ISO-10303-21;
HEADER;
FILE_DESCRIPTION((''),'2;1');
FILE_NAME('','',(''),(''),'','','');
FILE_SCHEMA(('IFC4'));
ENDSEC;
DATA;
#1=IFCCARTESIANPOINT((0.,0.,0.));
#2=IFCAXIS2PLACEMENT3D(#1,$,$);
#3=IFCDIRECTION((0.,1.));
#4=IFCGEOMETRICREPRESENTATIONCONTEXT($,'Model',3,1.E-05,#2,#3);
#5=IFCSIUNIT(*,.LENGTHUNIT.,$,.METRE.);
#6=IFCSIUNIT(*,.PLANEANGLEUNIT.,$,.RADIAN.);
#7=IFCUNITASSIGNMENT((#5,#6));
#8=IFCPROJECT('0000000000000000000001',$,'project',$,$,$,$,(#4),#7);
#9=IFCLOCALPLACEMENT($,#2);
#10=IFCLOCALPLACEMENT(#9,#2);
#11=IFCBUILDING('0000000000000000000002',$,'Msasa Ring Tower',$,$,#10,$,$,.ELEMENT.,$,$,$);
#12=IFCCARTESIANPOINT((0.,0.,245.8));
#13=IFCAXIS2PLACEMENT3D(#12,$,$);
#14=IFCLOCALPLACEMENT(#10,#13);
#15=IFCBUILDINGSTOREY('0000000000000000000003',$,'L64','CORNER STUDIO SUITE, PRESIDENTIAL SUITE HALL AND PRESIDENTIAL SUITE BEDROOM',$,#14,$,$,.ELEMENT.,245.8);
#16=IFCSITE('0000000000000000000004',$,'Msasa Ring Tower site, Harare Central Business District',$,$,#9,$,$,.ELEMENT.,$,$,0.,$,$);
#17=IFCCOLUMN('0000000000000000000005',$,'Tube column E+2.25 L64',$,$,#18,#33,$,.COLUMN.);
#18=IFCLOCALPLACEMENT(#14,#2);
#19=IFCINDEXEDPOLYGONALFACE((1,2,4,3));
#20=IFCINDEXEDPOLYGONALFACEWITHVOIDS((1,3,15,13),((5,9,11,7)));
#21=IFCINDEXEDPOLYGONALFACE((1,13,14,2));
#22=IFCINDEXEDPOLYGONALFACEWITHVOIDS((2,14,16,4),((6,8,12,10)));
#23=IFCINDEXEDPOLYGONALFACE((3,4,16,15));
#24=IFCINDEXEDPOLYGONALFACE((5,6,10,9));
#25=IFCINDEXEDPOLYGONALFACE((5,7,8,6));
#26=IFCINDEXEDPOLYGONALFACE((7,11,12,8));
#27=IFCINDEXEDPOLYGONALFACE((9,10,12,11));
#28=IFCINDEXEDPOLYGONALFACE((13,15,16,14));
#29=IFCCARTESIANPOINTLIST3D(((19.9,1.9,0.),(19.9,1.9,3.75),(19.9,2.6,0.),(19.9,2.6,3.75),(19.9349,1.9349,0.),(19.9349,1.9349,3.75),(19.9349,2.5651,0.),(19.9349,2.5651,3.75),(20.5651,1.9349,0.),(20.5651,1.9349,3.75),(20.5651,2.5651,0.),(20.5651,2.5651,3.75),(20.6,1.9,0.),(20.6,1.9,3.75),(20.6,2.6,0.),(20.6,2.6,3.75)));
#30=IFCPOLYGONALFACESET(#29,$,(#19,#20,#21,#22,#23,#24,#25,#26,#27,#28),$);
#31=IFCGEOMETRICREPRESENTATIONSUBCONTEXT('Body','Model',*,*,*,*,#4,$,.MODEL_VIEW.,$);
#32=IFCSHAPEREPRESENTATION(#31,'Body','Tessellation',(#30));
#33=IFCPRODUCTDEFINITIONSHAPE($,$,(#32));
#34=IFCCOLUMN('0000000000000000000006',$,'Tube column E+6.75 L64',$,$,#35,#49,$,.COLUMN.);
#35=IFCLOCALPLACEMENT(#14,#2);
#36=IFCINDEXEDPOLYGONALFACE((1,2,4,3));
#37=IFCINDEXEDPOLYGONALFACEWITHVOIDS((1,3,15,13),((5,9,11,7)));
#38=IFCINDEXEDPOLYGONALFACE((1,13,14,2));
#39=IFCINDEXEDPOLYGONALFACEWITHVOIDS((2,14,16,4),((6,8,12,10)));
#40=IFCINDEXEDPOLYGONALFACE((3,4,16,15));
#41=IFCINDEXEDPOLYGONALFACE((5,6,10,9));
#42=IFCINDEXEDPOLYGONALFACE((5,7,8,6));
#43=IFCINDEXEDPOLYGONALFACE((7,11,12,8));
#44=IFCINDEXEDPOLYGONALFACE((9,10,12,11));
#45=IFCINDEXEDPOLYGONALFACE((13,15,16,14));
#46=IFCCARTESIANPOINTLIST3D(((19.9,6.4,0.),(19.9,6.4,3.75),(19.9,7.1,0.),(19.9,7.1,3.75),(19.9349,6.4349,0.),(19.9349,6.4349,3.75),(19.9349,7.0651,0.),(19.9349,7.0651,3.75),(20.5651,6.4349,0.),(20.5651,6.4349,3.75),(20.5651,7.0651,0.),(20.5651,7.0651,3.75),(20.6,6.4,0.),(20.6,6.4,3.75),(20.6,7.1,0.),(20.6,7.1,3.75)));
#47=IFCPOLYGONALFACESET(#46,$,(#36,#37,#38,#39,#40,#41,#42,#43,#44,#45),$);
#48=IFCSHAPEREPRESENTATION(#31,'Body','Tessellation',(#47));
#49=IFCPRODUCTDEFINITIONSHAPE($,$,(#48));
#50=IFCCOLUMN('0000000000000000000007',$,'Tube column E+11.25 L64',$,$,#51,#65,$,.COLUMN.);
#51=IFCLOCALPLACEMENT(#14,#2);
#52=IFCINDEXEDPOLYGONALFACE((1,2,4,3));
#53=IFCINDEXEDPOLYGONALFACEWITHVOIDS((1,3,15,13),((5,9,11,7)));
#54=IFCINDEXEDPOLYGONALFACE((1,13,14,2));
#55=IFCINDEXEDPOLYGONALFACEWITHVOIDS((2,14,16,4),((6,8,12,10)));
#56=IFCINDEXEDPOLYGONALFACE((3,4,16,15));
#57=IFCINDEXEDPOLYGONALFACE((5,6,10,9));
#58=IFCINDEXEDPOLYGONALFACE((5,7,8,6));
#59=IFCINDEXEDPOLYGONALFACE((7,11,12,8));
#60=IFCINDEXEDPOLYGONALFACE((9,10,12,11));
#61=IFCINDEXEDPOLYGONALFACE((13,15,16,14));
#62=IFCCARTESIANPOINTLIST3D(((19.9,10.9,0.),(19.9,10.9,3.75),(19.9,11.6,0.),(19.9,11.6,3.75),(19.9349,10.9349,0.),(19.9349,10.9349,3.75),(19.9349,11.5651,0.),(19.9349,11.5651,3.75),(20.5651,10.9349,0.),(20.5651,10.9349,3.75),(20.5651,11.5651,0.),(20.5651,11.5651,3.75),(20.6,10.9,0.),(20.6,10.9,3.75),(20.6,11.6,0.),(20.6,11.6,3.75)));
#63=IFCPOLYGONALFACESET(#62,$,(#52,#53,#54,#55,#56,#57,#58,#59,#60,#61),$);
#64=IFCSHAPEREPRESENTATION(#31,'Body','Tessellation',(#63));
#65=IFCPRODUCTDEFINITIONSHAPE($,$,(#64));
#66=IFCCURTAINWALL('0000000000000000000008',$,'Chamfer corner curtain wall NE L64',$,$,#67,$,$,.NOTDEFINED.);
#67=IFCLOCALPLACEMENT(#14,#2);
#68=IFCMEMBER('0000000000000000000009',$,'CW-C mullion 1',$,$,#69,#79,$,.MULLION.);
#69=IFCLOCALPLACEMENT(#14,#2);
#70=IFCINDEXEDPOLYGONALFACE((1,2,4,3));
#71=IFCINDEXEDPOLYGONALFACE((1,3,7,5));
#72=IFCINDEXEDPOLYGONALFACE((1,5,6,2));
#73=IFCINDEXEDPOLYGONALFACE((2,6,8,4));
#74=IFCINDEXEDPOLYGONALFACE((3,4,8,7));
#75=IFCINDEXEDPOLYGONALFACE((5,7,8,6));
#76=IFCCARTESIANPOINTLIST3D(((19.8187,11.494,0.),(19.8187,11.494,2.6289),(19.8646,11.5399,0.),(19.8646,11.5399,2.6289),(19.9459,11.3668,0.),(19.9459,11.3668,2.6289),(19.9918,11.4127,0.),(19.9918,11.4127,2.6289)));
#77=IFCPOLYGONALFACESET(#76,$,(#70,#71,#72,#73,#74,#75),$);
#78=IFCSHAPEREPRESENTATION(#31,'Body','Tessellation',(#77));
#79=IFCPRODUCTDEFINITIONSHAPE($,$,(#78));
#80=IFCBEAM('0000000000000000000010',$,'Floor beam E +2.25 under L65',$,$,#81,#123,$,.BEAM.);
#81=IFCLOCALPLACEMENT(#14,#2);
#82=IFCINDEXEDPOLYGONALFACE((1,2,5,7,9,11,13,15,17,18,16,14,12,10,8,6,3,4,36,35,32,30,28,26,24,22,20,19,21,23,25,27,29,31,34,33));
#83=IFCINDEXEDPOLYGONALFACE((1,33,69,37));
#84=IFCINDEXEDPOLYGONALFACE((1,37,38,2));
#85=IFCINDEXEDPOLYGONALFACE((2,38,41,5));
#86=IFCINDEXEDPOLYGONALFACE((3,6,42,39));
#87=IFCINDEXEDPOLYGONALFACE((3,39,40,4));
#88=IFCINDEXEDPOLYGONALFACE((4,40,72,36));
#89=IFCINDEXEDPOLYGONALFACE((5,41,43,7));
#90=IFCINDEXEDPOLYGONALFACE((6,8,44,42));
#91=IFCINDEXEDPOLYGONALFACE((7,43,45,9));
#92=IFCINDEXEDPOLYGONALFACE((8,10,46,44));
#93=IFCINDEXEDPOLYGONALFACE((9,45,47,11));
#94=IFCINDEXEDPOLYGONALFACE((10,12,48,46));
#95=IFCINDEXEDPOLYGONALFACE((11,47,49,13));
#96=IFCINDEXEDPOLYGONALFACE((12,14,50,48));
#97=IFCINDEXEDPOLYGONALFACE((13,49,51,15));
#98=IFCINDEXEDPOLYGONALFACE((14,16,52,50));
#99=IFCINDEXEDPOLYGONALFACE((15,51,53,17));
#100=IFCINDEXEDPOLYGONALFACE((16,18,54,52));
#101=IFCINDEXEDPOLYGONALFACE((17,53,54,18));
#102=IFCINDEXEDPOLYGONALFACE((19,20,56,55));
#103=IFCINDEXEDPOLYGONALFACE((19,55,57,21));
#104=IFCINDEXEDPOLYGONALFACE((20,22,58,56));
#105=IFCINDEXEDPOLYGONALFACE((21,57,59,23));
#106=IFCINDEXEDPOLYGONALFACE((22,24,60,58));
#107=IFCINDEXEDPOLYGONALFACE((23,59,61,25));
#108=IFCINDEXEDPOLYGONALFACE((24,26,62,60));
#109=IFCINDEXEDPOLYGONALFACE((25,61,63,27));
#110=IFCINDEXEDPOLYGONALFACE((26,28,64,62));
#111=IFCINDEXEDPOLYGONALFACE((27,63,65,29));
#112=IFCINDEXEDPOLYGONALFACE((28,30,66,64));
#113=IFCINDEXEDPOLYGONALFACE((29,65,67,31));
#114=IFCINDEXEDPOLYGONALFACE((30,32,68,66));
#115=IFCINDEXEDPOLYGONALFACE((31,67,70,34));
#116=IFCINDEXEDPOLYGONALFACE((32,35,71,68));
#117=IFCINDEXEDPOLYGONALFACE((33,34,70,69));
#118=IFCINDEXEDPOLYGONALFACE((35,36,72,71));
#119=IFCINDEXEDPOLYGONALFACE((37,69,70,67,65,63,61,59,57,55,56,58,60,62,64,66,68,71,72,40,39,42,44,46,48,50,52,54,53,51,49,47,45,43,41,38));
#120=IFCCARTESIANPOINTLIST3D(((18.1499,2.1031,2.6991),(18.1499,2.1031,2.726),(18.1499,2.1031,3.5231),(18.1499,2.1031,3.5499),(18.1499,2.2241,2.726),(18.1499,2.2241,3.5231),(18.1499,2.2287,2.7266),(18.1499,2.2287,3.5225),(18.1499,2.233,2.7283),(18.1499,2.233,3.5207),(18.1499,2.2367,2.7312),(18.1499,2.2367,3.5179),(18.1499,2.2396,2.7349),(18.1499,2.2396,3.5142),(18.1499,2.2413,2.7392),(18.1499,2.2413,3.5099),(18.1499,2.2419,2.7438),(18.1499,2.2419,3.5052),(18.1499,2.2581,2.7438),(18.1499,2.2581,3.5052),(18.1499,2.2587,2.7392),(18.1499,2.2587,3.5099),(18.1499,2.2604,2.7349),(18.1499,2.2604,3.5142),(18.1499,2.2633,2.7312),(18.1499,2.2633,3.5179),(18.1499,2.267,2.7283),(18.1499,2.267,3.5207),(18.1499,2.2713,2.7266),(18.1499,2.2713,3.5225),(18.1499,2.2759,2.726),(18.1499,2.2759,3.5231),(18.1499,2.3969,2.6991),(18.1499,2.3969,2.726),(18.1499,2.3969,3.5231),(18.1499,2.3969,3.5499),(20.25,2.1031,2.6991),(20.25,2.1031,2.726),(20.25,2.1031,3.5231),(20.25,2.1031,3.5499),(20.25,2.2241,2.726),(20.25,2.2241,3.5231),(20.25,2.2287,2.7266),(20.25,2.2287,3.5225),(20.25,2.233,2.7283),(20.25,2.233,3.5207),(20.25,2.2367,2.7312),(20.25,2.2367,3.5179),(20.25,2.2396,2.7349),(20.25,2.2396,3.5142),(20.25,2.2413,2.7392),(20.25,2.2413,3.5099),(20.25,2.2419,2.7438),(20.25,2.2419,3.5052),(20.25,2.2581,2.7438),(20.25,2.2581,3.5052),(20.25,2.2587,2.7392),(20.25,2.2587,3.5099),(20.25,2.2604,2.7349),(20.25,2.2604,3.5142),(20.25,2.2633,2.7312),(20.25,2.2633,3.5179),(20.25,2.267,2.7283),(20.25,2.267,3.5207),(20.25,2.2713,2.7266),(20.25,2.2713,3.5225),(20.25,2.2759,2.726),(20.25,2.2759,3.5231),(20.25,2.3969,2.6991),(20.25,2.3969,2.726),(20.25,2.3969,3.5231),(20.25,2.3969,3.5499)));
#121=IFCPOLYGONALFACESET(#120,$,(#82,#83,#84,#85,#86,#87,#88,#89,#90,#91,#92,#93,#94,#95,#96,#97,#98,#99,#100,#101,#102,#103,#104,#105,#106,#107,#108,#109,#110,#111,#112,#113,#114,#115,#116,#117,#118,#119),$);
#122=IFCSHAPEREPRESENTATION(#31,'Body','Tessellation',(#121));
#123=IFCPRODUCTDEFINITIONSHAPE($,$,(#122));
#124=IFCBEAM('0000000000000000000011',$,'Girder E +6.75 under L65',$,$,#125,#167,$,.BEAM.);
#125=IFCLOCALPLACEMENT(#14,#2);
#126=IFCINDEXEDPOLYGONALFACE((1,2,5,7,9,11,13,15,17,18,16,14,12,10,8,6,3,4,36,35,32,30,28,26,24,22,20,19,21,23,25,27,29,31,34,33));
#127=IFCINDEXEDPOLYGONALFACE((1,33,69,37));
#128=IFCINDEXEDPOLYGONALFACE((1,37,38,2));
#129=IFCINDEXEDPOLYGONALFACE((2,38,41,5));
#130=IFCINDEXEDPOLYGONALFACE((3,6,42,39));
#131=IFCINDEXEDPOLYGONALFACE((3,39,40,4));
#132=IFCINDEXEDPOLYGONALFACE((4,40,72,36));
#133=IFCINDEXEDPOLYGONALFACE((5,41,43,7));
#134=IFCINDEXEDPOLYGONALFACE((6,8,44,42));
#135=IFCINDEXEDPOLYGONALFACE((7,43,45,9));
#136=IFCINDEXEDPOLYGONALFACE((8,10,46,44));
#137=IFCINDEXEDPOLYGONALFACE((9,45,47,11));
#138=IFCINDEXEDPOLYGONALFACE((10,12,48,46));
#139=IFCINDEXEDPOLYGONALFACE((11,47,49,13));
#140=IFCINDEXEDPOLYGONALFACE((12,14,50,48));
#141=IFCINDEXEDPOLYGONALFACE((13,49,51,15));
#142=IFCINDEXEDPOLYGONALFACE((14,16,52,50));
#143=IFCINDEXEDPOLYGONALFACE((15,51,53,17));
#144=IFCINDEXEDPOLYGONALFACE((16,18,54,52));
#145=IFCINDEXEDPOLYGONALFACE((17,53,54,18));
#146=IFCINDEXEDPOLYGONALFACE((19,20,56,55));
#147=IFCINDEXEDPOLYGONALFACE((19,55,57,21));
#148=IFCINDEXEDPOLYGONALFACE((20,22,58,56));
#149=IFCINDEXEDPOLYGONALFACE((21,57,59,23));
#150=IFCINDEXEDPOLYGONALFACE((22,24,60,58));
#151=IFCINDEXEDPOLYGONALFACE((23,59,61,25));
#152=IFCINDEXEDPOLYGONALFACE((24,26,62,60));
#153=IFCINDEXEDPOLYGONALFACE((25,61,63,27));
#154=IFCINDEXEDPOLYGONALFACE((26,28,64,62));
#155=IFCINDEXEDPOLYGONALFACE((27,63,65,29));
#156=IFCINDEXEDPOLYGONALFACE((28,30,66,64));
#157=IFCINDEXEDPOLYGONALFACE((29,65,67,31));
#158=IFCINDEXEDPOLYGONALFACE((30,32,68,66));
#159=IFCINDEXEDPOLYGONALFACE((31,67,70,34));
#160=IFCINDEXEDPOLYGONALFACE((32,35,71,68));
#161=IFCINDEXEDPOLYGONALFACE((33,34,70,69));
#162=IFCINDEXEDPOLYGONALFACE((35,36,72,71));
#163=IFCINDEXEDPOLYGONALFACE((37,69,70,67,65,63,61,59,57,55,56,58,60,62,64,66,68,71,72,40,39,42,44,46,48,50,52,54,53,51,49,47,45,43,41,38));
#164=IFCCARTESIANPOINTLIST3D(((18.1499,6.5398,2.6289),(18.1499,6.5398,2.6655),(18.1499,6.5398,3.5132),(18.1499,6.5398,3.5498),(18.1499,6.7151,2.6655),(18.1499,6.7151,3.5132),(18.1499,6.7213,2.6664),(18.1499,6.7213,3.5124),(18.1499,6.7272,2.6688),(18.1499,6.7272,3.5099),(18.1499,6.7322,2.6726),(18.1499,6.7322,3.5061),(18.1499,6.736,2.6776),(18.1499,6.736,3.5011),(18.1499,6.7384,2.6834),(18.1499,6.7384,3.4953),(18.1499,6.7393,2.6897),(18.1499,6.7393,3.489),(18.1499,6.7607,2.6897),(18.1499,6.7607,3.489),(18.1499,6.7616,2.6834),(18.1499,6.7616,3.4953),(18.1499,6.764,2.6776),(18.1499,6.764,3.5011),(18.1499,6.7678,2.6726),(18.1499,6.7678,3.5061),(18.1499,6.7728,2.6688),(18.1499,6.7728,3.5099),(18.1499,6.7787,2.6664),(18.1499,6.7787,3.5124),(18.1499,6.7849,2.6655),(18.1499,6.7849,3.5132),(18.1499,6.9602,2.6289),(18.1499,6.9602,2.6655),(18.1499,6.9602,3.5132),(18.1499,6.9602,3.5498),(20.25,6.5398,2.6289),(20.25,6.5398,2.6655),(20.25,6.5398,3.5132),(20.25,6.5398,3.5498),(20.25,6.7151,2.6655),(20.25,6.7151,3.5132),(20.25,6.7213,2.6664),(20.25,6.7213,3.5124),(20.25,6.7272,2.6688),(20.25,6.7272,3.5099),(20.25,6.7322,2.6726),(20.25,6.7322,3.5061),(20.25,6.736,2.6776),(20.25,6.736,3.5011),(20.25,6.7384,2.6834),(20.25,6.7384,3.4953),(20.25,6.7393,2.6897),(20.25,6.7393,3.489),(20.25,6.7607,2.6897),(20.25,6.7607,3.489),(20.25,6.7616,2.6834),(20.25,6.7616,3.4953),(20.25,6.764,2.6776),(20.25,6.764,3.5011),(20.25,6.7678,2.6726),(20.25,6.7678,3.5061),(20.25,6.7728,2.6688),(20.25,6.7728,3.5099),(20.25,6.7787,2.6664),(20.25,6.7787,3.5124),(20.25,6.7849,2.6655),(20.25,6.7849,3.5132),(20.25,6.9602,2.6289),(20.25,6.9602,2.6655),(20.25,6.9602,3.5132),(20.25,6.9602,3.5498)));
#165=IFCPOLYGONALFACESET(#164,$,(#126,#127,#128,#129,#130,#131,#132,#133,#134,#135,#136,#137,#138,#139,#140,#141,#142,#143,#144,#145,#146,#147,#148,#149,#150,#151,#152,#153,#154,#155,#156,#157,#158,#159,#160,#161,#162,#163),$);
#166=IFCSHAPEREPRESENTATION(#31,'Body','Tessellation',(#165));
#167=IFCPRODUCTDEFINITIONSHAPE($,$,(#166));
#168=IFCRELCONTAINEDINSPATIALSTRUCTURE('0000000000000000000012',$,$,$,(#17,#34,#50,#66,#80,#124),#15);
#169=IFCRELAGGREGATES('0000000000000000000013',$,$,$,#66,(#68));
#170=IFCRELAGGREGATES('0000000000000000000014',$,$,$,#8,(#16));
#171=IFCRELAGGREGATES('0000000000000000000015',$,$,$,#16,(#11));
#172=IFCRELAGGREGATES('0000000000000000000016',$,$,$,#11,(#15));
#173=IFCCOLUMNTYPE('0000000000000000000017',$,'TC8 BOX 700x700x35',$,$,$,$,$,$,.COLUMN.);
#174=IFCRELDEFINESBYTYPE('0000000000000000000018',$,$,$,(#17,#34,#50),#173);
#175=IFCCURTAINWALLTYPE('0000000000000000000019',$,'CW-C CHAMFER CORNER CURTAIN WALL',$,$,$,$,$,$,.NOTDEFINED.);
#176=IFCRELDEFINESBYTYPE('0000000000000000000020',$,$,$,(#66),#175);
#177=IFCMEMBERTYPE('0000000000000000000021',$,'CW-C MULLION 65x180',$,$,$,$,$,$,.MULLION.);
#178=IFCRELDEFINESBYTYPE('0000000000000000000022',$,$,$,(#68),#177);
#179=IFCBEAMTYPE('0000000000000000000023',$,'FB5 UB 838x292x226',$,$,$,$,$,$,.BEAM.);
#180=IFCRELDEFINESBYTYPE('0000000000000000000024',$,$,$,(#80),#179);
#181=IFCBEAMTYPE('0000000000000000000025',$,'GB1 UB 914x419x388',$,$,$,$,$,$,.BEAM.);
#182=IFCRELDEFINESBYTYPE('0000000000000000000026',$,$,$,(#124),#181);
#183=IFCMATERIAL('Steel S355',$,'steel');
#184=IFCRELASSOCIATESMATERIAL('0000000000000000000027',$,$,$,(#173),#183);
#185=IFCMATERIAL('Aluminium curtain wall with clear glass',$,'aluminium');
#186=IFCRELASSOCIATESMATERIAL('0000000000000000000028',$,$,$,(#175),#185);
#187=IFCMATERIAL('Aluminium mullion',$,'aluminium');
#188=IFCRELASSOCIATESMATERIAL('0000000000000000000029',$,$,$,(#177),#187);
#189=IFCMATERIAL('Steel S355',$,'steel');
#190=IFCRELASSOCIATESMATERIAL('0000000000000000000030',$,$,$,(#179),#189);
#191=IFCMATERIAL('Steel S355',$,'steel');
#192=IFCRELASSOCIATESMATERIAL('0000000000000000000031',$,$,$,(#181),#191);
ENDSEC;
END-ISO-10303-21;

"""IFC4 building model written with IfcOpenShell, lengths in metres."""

from ifc_helpers import new_model, si_unit, direction, frame, origin, origin_2d, place, context, subcontext, project, spatial, rectangle, hollow_rectangle, i_section, extrude, material, material_profile, profile_set, type_object, element, aggregate, save


model = new_model("IFC4")

# Units and contexts
model_context = context("Model", 3, precision=1e-05, world=origin(), true_north=direction((0.0, 1.0)))
body_context = subcontext(model_context, "Body", "Model", "MODEL_VIEW")
ifc_project = project(units=[si_unit("LENGTHUNIT", "METRE"), si_unit("PLANEANGLEUNIT", "RADIAN")], contexts=[model_context])

# Site, building, storey
site_placement = place(None, origin())
site = spatial("IfcSite", under=ifc_project, at=site_placement, Name="Msasa Ring Tower site, Harare Central Business District", CompositionType="ELEMENT", RefElevation=0.0)
building_placement = place(site_placement, origin())
building = spatial("IfcBuilding", under=site, at=building_placement, Name="Msasa Ring Tower", CompositionType="ELEMENT")
storey_placement = place(building_placement, frame((0.0, 0.0, 245.8)))
storey = spatial("IfcBuildingStorey", under=building, at=storey_placement, Name="L64", Description="CORNER STUDIO SUITE, PRESIDENTIAL SUITE HALL AND PRESIDENTIAL SUITE BEDROOM", CompositionType="ELEMENT", Elevation=245.8)

# Columns
ifc_material_1 = material(Name="Steel S355", Category="steel")
ifc_material_profile_1 = material_profile(ifc_material_1, hollow_rectangle(XDim=0.7, YDim=0.7, WallThickness=0.0349, at=origin_2d()), Name="BOX 700x700x35")
ifc_profile_set_1 = profile_set([ifc_material_profile_1], Name="Steel S355")
column_type = type_object("IfcColumnType", Name="TC8 BOX 700x700x35", PredefinedType="COLUMN", material=ifc_profile_set_1)
for number, where, z_axis, x_axis, name in (
    (1, (20.25, 2.25, 0.0), (0.0, 0.0, 1.0), (1.0, 0.0, 0.0), "Tube column E+2.25 L64"),
    (2, (20.25, 6.75, 0.0), (0.0, 0.0, 1.0), (1.0, 0.0, 0.0), "Tube column E+6.75 L64"),
    (3, (20.25, 11.25, 0.0), (0.0, 0.0, 1.0), (1.0, 0.0, 0.0), "Tube column E+11.25 L64"),
):
    element("IfcColumn", number, at=place(storey_placement, frame(where, z_axis=z_axis, x_axis=x_axis)), inside=storey, type_object=column_type, Name=name, PredefinedType="COLUMN", context=body_context, shape_type="SweptSolid", body=[
        extrude(hollow_rectangle(XDim=0.7, YDim=0.7, WallThickness=0.0349, at=origin_2d()), origin(), (0.0, 0.0, 1.0), 3.75),
    ])

# Curtain wall, member
ifc_material_2 = material(Name="Aluminium curtain wall with clear glass", Category="aluminium")
curtain_wall_type = type_object("IfcCurtainWallType", Name="CW-C CHAMFER CORNER CURTAIN WALL", PredefinedType="NOTDEFINED", material=ifc_material_2)
curtain_wall_placement = place(storey_placement, origin())
curtain_wall = element("IfcCurtainWall", 4, at=curtain_wall_placement, inside=storey, type_object=curtain_wall_type, Name="Chamfer corner curtain wall NE L64", PredefinedType="NOTDEFINED")
ifc_material_3 = material(Name="Aluminium mullion", Category="aluminium")
ifc_material_profile_2 = material_profile(ifc_material_3, rectangle(XDim=0.0649, YDim=0.1799, at=origin_2d()), Name="AL 65x180")
ifc_profile_set_2 = profile_set([ifc_material_profile_2], Name="Aluminium mullion")
member_type = type_object("IfcMemberType", Name="CW-C MULLION 65x180", PredefinedType="MULLION", material=ifc_profile_set_2)
member_placement = place(storey_placement, frame((19.9053, 11.4534, 0.0), z_axis=(0.0, 0.0, 1.0), x_axis=(-0.707107, -0.707107, 0.0)))
member = element("IfcMember", 5, at=member_placement, type_object=member_type, Name="CW-C mullion 1", PredefinedType="MULLION", context=body_context, shape_type="SweptSolid", body=[
    extrude(rectangle(XDim=0.0649, YDim=0.1799, at=origin_2d()), origin(), (0.0, 0.0, 1.0), 2.6289),
])
aggregate(curtain_wall, [member])

# Beams
ifc_material_4 = material(Name="Steel S355", Category="steel")
ifc_material_profile_3 = material_profile(ifc_material_4, i_section(OverallWidth=0.2937, OverallDepth=0.8508, WebThickness=0.0161, FlangeThickness=0.0269, FilletRadius=0.0178, at=origin_2d()), Name="UB 838x292x226")
ifc_profile_set_3 = profile_set([ifc_material_profile_3], Name="Steel S355")
beam_type_1 = type_object("IfcBeamType", Name="FB5 UB 838x292x226", PredefinedType="BEAM", material=ifc_profile_set_3)
beam_1_placement = place(storey_placement, frame((20.25, 2.25, 3.1245), z_axis=(-1.0, 0.0, 0.0), x_axis=(0.0, -1.0, 0.0)))
element("IfcBeam", 6, at=beam_1_placement, inside=storey, type_object=beam_type_1, Name="Floor beam E +2.25 under L65", PredefinedType="BEAM", context=body_context, shape_type="SweptSolid", body=[
    extrude(i_section(OverallWidth=0.2937, OverallDepth=0.8508, WebThickness=0.0161, FlangeThickness=0.0269, FilletRadius=0.0178, at=origin_2d()), origin(), (0.0, 0.0, 1.0), 2.1001),
])
ifc_material_5 = material(Name="Steel S355", Category="steel")
ifc_material_profile_4 = material_profile(ifc_material_5, i_section(OverallWidth=0.4204, OverallDepth=0.9209, WebThickness=0.0215, FlangeThickness=0.0366, FilletRadius=0.0242, at=origin_2d()), Name="UB 914x419x388")
ifc_profile_set_4 = profile_set([ifc_material_profile_4], Name="Steel S355")
beam_type_2 = type_object("IfcBeamType", Name="GB1 UB 914x419x388", PredefinedType="BEAM", material=ifc_profile_set_4)
beam_2_placement = place(storey_placement, frame((18.1499, 6.75, 3.0894), z_axis=(1.0, 0.0, 0.0), x_axis=(0.0, 1.0, 0.0)))
element("IfcBeam", 7, at=beam_2_placement, inside=storey, type_object=beam_type_2, Name="Girder E +6.75 under L65", PredefinedType="BEAM", context=body_context, shape_type="SweptSolid", body=[
    extrude(i_section(OverallWidth=0.4204, OverallDepth=0.9209, WebThickness=0.0215, FlangeThickness=0.0366, FilletRadius=0.0242, at=origin_2d()), origin(), (0.0, 0.0, 1.0), 2.1001),
])

save(model, "model.ifc")
